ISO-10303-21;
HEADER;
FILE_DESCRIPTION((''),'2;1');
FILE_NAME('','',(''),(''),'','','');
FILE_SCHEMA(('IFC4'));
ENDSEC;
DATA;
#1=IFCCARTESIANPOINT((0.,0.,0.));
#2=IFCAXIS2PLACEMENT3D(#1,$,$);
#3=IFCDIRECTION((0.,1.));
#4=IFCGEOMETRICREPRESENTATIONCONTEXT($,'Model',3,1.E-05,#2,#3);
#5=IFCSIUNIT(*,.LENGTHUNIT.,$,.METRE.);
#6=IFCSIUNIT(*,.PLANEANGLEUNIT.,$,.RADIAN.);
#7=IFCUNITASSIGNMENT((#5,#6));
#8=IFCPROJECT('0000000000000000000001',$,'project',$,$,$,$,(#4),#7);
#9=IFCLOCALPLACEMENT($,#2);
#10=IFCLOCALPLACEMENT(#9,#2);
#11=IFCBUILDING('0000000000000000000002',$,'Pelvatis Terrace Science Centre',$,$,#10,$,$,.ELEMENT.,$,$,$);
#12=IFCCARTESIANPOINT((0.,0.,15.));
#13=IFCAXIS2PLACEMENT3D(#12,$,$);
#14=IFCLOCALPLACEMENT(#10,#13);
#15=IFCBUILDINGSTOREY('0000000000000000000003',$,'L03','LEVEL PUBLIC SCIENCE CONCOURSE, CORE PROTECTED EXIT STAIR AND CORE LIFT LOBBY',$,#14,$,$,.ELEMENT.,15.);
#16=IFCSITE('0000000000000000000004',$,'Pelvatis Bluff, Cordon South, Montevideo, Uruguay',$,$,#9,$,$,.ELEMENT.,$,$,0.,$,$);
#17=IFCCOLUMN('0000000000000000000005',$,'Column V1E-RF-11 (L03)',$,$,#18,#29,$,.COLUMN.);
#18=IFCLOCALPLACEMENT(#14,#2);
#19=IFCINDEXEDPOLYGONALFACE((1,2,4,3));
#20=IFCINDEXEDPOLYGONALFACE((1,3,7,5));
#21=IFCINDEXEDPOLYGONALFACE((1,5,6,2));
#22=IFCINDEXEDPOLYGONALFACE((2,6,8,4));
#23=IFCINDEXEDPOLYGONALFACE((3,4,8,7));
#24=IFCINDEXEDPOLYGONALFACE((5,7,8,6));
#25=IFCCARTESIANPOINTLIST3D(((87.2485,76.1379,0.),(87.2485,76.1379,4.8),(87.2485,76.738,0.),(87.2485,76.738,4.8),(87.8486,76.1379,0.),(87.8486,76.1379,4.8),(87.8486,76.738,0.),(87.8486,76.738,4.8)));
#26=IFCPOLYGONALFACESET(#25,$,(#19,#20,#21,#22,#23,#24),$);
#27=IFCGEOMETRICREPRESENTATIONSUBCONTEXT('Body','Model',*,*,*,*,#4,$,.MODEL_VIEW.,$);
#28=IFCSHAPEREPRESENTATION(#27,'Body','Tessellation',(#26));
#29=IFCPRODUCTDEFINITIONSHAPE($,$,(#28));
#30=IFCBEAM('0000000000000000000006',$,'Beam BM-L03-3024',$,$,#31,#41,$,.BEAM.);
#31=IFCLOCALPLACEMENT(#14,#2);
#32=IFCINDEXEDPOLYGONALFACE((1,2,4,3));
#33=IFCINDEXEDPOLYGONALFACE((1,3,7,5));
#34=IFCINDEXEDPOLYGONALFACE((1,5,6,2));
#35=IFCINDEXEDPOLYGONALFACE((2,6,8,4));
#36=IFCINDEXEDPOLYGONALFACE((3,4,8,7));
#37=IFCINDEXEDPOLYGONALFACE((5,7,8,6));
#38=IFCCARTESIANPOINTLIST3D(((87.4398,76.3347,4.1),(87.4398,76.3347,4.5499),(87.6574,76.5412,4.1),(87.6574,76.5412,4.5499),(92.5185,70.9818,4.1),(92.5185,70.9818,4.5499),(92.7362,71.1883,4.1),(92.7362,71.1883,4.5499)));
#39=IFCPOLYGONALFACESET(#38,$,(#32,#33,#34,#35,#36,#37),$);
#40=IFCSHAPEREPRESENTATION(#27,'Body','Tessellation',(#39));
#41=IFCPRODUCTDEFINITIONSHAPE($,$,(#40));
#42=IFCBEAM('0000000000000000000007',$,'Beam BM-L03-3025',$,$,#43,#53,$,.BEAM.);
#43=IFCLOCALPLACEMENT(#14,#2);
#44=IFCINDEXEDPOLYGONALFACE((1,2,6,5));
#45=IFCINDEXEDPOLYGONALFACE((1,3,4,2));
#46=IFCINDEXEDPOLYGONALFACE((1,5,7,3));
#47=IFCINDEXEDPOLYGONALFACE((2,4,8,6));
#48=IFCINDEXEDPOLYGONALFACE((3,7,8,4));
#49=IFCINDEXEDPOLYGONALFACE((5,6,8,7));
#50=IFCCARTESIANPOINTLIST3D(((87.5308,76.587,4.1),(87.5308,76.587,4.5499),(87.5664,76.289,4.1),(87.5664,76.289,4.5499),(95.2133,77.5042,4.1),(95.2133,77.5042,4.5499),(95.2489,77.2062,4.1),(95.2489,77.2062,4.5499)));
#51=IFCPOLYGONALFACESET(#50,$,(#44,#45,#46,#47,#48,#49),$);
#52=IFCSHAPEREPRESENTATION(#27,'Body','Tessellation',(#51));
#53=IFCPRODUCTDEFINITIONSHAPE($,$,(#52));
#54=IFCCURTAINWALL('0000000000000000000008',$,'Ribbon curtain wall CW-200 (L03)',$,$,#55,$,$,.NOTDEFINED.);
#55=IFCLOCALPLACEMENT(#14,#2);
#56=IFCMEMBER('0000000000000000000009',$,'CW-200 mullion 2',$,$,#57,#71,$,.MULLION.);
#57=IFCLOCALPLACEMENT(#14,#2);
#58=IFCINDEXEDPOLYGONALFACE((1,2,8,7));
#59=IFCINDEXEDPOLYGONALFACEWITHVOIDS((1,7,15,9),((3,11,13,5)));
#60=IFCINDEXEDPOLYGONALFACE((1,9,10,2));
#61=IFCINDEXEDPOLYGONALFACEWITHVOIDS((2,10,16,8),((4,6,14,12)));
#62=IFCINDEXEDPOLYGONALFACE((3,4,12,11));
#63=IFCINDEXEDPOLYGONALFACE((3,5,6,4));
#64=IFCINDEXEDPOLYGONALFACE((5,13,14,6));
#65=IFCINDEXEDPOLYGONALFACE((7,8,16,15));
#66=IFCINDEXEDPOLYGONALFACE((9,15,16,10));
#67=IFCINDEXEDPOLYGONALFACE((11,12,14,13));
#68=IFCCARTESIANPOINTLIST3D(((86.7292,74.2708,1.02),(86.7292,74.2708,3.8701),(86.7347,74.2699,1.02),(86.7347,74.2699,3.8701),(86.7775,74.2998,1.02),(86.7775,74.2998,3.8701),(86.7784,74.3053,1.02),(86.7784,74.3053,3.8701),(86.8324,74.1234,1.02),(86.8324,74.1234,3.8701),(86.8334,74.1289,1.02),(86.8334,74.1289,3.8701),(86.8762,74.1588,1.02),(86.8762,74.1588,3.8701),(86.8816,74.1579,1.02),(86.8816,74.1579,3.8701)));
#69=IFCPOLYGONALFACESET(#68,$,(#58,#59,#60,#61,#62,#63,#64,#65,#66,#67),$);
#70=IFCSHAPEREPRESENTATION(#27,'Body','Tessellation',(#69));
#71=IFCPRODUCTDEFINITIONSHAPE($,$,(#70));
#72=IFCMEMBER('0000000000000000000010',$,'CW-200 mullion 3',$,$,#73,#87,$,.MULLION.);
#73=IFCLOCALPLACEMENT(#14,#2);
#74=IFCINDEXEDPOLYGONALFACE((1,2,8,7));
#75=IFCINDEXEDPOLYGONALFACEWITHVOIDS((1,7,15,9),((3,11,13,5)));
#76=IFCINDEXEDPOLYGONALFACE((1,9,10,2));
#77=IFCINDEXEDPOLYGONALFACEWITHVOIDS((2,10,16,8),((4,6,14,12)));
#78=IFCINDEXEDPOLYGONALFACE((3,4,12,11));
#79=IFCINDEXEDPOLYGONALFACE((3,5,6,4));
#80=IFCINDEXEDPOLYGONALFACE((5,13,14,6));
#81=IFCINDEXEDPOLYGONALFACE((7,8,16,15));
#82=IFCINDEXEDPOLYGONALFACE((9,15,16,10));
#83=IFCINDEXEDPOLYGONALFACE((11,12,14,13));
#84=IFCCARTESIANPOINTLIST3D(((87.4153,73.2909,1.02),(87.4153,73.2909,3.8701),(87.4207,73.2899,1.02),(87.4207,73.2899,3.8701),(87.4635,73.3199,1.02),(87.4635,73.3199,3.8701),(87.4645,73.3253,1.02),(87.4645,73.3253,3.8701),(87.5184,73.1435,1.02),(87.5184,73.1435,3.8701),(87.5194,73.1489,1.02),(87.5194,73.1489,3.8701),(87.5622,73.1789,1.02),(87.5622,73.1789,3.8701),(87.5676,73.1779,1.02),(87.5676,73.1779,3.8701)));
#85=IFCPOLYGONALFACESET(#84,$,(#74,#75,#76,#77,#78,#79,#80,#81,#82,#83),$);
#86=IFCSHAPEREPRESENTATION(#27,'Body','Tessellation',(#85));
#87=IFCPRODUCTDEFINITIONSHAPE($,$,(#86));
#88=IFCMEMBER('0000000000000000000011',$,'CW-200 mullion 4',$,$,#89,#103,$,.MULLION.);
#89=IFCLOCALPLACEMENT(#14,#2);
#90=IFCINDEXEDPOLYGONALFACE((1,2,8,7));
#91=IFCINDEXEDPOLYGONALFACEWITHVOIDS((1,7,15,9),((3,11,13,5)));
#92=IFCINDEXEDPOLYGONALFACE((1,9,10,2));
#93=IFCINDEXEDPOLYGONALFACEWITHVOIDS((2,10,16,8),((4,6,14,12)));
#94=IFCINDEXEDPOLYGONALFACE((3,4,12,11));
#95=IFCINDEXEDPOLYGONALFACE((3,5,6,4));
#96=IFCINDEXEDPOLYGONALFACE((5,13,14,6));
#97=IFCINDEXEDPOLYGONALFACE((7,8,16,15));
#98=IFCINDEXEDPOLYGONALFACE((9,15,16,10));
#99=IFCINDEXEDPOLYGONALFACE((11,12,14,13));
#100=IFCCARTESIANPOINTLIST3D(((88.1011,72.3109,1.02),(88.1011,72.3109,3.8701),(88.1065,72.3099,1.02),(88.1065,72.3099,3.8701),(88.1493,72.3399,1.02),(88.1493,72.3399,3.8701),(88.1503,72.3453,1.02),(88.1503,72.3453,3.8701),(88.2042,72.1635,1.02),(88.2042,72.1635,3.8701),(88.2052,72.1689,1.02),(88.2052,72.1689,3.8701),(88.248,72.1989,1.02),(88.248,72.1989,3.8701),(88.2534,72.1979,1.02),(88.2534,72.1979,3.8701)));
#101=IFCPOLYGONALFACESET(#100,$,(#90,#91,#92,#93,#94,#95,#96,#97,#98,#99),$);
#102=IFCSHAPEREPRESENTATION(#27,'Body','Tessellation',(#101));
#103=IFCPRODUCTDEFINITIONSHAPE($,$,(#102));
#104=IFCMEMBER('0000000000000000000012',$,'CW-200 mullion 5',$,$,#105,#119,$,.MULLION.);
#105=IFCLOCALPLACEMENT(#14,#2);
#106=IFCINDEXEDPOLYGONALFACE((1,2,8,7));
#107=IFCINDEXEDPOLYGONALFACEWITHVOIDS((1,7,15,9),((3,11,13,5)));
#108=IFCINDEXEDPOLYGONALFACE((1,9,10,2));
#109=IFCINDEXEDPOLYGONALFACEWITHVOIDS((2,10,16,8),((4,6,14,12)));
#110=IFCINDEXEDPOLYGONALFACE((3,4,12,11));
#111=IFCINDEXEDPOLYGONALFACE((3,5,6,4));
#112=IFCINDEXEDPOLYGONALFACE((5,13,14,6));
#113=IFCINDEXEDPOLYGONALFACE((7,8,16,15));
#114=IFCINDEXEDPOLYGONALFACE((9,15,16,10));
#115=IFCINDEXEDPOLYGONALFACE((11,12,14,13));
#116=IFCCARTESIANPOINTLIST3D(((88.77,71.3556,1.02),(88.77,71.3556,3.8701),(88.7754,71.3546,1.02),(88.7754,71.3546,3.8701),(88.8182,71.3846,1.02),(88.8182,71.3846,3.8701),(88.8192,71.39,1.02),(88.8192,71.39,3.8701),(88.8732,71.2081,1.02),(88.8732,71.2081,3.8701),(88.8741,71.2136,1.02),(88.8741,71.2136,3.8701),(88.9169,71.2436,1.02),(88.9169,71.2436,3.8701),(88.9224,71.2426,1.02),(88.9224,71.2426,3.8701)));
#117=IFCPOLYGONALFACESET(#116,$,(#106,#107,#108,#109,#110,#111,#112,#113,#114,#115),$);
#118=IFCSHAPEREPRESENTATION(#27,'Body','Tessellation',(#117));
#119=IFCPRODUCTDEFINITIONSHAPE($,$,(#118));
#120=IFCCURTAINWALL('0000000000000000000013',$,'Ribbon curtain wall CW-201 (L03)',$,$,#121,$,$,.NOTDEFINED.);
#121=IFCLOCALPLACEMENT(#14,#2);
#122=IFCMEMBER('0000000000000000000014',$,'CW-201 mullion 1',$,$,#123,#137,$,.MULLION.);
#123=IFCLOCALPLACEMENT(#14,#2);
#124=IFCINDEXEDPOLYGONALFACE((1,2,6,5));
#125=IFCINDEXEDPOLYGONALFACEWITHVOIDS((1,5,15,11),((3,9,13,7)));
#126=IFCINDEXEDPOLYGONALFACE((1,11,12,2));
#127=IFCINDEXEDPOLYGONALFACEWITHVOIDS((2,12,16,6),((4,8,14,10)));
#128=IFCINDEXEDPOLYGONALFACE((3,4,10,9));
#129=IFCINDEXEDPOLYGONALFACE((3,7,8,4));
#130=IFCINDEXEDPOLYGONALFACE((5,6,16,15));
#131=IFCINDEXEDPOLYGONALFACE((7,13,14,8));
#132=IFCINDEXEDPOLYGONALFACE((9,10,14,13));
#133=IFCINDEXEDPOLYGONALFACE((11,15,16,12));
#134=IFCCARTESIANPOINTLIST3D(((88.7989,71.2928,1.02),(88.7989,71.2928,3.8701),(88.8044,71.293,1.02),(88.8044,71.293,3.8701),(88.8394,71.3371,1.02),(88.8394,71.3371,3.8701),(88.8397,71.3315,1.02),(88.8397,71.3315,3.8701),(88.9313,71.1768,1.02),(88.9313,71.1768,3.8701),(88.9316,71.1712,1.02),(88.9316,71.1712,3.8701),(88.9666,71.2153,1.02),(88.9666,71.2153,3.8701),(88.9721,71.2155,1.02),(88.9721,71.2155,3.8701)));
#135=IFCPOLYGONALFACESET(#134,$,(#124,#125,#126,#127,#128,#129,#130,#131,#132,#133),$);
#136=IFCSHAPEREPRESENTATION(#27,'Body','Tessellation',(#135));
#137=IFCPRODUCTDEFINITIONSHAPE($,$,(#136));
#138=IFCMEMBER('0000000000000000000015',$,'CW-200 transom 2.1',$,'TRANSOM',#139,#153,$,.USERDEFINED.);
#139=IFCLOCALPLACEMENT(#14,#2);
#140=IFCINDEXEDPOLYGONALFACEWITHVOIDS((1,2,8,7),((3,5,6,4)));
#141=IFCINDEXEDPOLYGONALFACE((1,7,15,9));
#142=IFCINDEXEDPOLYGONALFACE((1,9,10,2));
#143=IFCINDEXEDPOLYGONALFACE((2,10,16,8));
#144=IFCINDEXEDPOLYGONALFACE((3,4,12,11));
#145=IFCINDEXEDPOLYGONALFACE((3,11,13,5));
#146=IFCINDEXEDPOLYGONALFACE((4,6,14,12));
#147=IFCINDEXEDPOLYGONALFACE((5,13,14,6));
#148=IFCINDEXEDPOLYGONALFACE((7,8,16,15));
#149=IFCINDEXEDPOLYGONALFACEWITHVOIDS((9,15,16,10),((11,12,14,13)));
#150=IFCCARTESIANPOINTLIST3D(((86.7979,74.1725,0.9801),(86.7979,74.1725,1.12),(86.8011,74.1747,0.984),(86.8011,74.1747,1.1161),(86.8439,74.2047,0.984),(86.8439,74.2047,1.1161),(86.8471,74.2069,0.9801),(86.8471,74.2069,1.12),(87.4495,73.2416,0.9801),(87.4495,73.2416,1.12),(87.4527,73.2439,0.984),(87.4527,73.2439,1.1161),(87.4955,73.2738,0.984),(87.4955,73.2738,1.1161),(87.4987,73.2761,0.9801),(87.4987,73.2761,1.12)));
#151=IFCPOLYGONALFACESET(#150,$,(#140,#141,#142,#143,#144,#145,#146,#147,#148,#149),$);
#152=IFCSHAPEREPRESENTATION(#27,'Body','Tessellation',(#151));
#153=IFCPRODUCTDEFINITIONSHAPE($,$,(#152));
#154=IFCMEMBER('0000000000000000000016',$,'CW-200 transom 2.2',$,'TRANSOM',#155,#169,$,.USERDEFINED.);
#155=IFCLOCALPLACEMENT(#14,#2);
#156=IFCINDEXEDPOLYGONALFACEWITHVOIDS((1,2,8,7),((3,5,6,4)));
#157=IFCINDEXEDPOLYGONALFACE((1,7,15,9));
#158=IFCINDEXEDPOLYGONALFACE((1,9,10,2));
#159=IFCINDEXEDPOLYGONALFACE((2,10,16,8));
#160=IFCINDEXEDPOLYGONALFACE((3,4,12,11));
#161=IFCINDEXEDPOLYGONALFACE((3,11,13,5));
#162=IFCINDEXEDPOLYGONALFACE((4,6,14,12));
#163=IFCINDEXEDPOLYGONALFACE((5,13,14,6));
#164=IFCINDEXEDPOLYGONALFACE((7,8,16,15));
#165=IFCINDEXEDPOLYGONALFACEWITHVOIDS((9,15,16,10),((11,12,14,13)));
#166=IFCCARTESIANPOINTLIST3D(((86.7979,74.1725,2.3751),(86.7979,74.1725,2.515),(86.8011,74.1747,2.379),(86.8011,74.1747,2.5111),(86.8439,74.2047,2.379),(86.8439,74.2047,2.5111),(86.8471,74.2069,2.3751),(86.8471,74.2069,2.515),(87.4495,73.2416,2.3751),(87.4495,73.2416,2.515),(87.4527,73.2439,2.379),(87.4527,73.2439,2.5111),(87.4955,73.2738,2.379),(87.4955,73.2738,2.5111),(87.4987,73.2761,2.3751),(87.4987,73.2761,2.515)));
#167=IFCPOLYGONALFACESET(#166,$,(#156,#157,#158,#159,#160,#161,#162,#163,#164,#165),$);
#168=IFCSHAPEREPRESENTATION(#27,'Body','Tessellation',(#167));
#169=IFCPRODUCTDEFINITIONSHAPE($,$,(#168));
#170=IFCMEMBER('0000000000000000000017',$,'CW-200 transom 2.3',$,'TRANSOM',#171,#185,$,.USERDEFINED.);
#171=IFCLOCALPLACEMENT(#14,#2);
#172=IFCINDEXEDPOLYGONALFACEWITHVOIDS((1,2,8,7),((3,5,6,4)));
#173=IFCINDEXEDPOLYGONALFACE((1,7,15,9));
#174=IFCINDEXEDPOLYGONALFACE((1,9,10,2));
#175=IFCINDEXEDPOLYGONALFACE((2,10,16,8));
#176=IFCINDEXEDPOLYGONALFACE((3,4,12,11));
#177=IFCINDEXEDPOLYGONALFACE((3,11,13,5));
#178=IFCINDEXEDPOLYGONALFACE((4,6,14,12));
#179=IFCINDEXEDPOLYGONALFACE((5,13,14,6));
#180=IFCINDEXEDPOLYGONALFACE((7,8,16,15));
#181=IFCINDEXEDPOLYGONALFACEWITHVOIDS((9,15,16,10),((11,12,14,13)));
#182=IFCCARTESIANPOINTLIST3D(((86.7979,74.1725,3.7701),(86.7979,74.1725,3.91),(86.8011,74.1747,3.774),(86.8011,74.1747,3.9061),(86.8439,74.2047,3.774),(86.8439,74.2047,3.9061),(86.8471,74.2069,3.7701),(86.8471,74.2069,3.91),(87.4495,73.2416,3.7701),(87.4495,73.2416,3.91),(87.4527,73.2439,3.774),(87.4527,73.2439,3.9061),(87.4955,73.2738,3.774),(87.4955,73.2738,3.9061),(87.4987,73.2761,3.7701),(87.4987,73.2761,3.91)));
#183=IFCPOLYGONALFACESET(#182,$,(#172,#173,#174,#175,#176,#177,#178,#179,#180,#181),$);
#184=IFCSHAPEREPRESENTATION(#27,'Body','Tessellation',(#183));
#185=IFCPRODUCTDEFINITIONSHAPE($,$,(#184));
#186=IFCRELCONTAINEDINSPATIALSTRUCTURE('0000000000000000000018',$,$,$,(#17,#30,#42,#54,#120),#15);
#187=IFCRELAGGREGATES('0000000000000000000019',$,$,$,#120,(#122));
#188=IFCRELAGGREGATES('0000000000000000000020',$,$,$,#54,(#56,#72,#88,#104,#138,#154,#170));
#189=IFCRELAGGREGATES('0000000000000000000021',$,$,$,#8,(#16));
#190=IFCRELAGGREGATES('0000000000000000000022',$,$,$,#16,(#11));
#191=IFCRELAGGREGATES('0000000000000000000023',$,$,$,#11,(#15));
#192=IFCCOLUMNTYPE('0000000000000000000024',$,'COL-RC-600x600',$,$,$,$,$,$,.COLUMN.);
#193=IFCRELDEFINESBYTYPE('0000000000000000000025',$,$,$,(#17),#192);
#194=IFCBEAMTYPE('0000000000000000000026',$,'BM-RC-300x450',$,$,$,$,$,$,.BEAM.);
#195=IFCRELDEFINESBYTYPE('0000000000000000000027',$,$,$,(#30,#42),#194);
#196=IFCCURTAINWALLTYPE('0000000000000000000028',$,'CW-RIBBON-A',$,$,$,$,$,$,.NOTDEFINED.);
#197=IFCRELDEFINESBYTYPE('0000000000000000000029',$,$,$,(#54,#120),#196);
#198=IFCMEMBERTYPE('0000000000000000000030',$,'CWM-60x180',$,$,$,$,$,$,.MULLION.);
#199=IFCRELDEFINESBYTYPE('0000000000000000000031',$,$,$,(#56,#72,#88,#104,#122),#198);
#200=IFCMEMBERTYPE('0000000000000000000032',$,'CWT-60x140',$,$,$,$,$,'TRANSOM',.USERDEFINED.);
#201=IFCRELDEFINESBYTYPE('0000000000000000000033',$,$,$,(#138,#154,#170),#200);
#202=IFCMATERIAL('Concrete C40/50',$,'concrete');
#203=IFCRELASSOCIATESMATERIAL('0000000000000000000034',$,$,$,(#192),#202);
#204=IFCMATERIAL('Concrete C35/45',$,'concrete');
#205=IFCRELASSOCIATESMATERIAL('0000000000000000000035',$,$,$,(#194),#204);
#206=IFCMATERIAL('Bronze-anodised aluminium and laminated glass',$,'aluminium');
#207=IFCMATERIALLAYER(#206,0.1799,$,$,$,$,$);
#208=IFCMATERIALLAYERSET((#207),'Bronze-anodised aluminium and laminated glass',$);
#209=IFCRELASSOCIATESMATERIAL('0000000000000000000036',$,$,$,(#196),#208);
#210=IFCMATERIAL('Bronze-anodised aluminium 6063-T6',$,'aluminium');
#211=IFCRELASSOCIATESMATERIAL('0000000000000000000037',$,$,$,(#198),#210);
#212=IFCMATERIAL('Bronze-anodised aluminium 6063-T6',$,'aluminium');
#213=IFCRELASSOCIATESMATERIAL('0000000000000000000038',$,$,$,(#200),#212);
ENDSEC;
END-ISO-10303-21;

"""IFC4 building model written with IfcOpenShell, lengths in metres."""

from ifc_helpers import new_model, si_unit, direction, frame, origin, origin_2d, place, context, subcontext, project, spatial, rectangle, hollow_rectangle, extrude, material, layer, layer_set, material_profile, profile_set, type_object, element, aggregate, save


model = new_model("IFC4")

# Units and contexts
model_context = context("Model", 3, precision=1e-05, world=origin(), true_north=direction((0.0, 1.0)))
body_context = subcontext(model_context, "Body", "Model", "MODEL_VIEW")
ifc_project = project(units=[si_unit("LENGTHUNIT", "METRE"), si_unit("PLANEANGLEUNIT", "RADIAN")], contexts=[model_context])

# Site, building, storey
site_placement = place(None, origin())
site = spatial("IfcSite", under=ifc_project, at=site_placement, Name="Pelvatis Bluff, Cordon South, Montevideo, Uruguay", CompositionType="ELEMENT", RefElevation=0.0)
building_placement = place(site_placement, origin())
building = spatial("IfcBuilding", under=site, at=building_placement, Name="Pelvatis Terrace Science Centre", CompositionType="ELEMENT")
storey_placement = place(building_placement, frame((0.0, 0.0, 15.0)))
storey = spatial("IfcBuildingStorey", under=building, at=storey_placement, Name="L03", Description="LEVEL PUBLIC SCIENCE CONCOURSE, CORE PROTECTED EXIT STAIR AND CORE LIFT LOBBY", CompositionType="ELEMENT", Elevation=15.0)

# Column
ifc_material_1 = material(Name="Concrete C40/50", Category="concrete")
ifc_material_profile_1 = material_profile(ifc_material_1, rectangle(XDim=0.6001, YDim=0.6001, at=origin_2d()), Name="RC-COL 600x600")
ifc_profile_set_1 = profile_set([ifc_material_profile_1], Name="Concrete C40/50")
column_type = type_object("IfcColumnType", Name="COL-RC-600x600", PredefinedType="COLUMN", material=ifc_profile_set_1)
column_placement = place(storey_placement, frame((87.5486, 76.438, 0.0), z_axis=(0.0, 0.0, 1.0), x_axis=(1.0, 0.0, 0.0)))
element("IfcColumn", 1, at=column_placement, inside=storey, type_object=column_type, Name="Column V1E-RF-11 (L03)", PredefinedType="COLUMN", context=body_context, shape_type="SweptSolid", body=[
    extrude(rectangle(XDim=0.6001, YDim=0.6001, at=origin_2d()), origin(), (0.0, 0.0, 1.0), 4.8),
])

# Beams
ifc_material_2 = material(Name="Concrete C35/45", Category="concrete")
ifc_material_profile_2 = material_profile(ifc_material_2, rectangle(XDim=0.3, YDim=0.45, at=origin_2d()), Name="RC-BM 300x450")
ifc_profile_set_2 = profile_set([ifc_material_profile_2], Name="Concrete C35/45")
beam_type = type_object("IfcBeamType", Name="BM-RC-300x450", PredefinedType="BEAM", material=ifc_profile_set_2)
beam_1_placement = place(storey_placement, frame((87.5486, 76.438, 4.325), z_axis=(0.688285, -0.72544, 0.0), x_axis=(0.72544, 0.688285, 0.0)))
element("IfcBeam", 2, at=beam_1_placement, inside=storey, type_object=beam_type, Name="Beam BM-L03-3024", PredefinedType="BEAM", context=body_context, shape_type="SweptSolid", body=[
    extrude(rectangle(XDim=0.3, YDim=0.45, at=origin_2d()), origin(), (0.0, 0.0, 1.0), 7.3789),
])
beam_2_placement = place(storey_placement, frame((87.5486, 76.438, 4.325), z_axis=(0.992948, 0.118549, 0.0), x_axis=(-0.118549, 0.992948, 0.0)))
element("IfcBeam", 3, at=beam_2_placement, inside=storey, type_object=beam_type, Name="Beam BM-L03-3025", PredefinedType="BEAM", context=body_context, shape_type="SweptSolid", body=[
    extrude(rectangle(XDim=0.3, YDim=0.45, at=origin_2d()), origin(), (0.0, 0.0, 1.0), 7.7371),
])

# Curtain wall, members
ifc_material_3 = material(Name="Bronze-anodised aluminium and laminated glass", Category="aluminium")
ifc_layer_1 = layer(ifc_material_3, 0.1799)
ifc_layer_set_1 = layer_set([ifc_layer_1], Name="Bronze-anodised aluminium and laminated glass")
curtain_wall_type = type_object("IfcCurtainWallType", Name="CW-RIBBON-A", PredefinedType="NOTDEFINED", material=ifc_layer_set_1)
curtain_wall_1_placement = place(storey_placement, origin())
curtain_wall_1 = element("IfcCurtainWall", 4, at=curtain_wall_1_placement, inside=storey, type_object=curtain_wall_type, Name="Ribbon curtain wall CW-200 (L03)", PredefinedType="NOTDEFINED")
ifc_material_4 = material(Name="Bronze-anodised aluminium 6063-T6", Category="aluminium")
ifc_material_profile_3 = material_profile(ifc_material_4, hollow_rectangle(XDim=0.0601, YDim=0.1799, WallThickness=0.0039, at=origin_2d()), Name="ALU-MUL 60x180")
ifc_profile_set_3 = profile_set([ifc_material_profile_3], Name="Bronze-anodised aluminium 6063-T6")
member_type_1 = type_object("IfcMemberType", Name="CWM-60x180", PredefinedType="MULLION", material=ifc_profile_set_3)
member_1_placement = place(storey_placement, frame((86.8054, 74.2144, 1.02), z_axis=(0.0, 0.0, 1.0), x_axis=(0.819228, 0.573468, 0.0)))
member_1 = element("IfcMember", 5, at=member_1_placement, type_object=member_type_1, Name="CW-200 mullion 2", PredefinedType="MULLION", context=body_context, shape_type="SweptSolid", body=[
    extrude(hollow_rectangle(XDim=0.0601, YDim=0.1799, WallThickness=0.0039, at=origin_2d()), origin(), (0.0, 0.0, 1.0), 2.8501),
])
member_2_placement = place(storey_placement, frame((87.4915, 73.2344, 1.02), z_axis=(0.0, 0.0, 1.0), x_axis=(0.819228, 0.573468, 0.0)))
member_2 = element("IfcMember", 6, at=member_2_placement, type_object=member_type_1, Name="CW-200 mullion 3", PredefinedType="MULLION", context=body_context, shape_type="SweptSolid", body=[
    extrude(hollow_rectangle(XDim=0.0601, YDim=0.1799, WallThickness=0.0039, at=origin_2d()), origin(), (0.0, 0.0, 1.0), 2.8501),
])
member_3_placement = place(storey_placement, frame((88.1772, 72.2544, 1.02), z_axis=(0.0, 0.0, 1.0), x_axis=(0.819228, 0.573468, 0.0)))
member_3 = element("IfcMember", 7, at=member_3_placement, type_object=member_type_1, Name="CW-200 mullion 4", PredefinedType="MULLION", context=body_context, shape_type="SweptSolid", body=[
    extrude(hollow_rectangle(XDim=0.0601, YDim=0.1799, WallThickness=0.0039, at=origin_2d()), origin(), (0.0, 0.0, 1.0), 2.8501),
])
member_4_placement = place(storey_placement, frame((88.8462, 71.2991, 1.02), z_axis=(0.0, 0.0, 1.0), x_axis=(0.819228, 0.573468, 0.0)))
member_4 = element("IfcMember", 8, at=member_4_placement, type_object=member_type_1, Name="CW-200 mullion 5", PredefinedType="MULLION", context=body_context, shape_type="SweptSolid", body=[
    extrude(hollow_rectangle(XDim=0.0601, YDim=0.1799, WallThickness=0.0039, at=origin_2d()), origin(), (0.0, 0.0, 1.0), 2.8501),
])

# Curtain wall, member
curtain_wall_2_placement = place(storey_placement, origin())
curtain_wall_2 = element("IfcCurtainWall", 9, at=curtain_wall_2_placement, inside=storey, type_object=curtain_wall_type, Name="Ribbon curtain wall CW-201 (L03)", PredefinedType="NOTDEFINED")
member_5_placement = place(storey_placement, frame((88.8855, 71.2542, 1.02), z_axis=(0.0, 0.0, 1.0), x_axis=(0.675452, 0.737404, 0.0)))
member_5 = element("IfcMember", 10, at=member_5_placement, type_object=member_type_1, Name="CW-201 mullion 1", PredefinedType="MULLION", context=body_context, shape_type="SweptSolid", body=[
    extrude(hollow_rectangle(XDim=0.0601, YDim=0.1799, WallThickness=0.0039, at=origin_2d()), origin(), (0.0, 0.0, 1.0), 2.8501),
])
aggregate(curtain_wall_2, [member_5])

# Members
ifc_material_5 = material(Name="Bronze-anodised aluminium 6063-T6", Category="aluminium")
ifc_material_profile_4 = material_profile(ifc_material_5, hollow_rectangle(XDim=0.0601, YDim=0.1399, WallThickness=0.0039, at=origin_2d()), Name="ALU-TRN 60x140")
ifc_profile_set_4 = profile_set([ifc_material_profile_4], Name="Bronze-anodised aluminium 6063-T6")
member_type_2 = type_object("IfcMemberType", Name="CWT-60x140", ElementType="TRANSOM", PredefinedType="USERDEFINED", material=ifc_profile_set_4)
member_6_placement = place(storey_placement, frame((86.8225, 74.1897, 1.05), z_axis=(0.573448, -0.819242, 0.0), x_axis=(0.819242, 0.573448, 0.0)))
member_6 = element("IfcMember", 11, at=member_6_placement, type_object=member_type_2, Name="CW-200 transom 2.1", ObjectType="TRANSOM", PredefinedType="USERDEFINED", context=body_context, shape_type="SweptSolid", body=[
    extrude(hollow_rectangle(XDim=0.0601, YDim=0.1399, WallThickness=0.0039, at=origin_2d()), origin(), (0.0, 0.0, 1.0), 1.1362),
])
member_7_placement = place(storey_placement, frame((86.8225, 74.1897, 2.4451), z_axis=(0.573448, -0.819242, 0.0), x_axis=(0.819242, 0.573448, 0.0)))
member_7 = element("IfcMember", 12, at=member_7_placement, type_object=member_type_2, Name="CW-200 transom 2.2", ObjectType="TRANSOM", PredefinedType="USERDEFINED", context=body_context, shape_type="SweptSolid", body=[
    extrude(hollow_rectangle(XDim=0.0601, YDim=0.1399, WallThickness=0.0039, at=origin_2d()), origin(), (0.0, 0.0, 1.0), 1.1362),
])
member_8_placement = place(storey_placement, frame((86.8225, 74.1897, 3.8401), z_axis=(0.573448, -0.819242, 0.0), x_axis=(0.819242, 0.573448, 0.0)))
member_8 = element("IfcMember", 13, at=member_8_placement, type_object=member_type_2, Name="CW-200 transom 2.3", ObjectType="TRANSOM", PredefinedType="USERDEFINED", context=body_context, shape_type="SweptSolid", body=[
    extrude(hollow_rectangle(XDim=0.0601, YDim=0.1399, WallThickness=0.0039, at=origin_2d()), origin(), (0.0, 0.0, 1.0), 1.1362),
])

aggregate(curtain_wall_1, [member_1, member_2, member_3, member_4, member_6, member_7, member_8])

save(model, "model.ifc")
